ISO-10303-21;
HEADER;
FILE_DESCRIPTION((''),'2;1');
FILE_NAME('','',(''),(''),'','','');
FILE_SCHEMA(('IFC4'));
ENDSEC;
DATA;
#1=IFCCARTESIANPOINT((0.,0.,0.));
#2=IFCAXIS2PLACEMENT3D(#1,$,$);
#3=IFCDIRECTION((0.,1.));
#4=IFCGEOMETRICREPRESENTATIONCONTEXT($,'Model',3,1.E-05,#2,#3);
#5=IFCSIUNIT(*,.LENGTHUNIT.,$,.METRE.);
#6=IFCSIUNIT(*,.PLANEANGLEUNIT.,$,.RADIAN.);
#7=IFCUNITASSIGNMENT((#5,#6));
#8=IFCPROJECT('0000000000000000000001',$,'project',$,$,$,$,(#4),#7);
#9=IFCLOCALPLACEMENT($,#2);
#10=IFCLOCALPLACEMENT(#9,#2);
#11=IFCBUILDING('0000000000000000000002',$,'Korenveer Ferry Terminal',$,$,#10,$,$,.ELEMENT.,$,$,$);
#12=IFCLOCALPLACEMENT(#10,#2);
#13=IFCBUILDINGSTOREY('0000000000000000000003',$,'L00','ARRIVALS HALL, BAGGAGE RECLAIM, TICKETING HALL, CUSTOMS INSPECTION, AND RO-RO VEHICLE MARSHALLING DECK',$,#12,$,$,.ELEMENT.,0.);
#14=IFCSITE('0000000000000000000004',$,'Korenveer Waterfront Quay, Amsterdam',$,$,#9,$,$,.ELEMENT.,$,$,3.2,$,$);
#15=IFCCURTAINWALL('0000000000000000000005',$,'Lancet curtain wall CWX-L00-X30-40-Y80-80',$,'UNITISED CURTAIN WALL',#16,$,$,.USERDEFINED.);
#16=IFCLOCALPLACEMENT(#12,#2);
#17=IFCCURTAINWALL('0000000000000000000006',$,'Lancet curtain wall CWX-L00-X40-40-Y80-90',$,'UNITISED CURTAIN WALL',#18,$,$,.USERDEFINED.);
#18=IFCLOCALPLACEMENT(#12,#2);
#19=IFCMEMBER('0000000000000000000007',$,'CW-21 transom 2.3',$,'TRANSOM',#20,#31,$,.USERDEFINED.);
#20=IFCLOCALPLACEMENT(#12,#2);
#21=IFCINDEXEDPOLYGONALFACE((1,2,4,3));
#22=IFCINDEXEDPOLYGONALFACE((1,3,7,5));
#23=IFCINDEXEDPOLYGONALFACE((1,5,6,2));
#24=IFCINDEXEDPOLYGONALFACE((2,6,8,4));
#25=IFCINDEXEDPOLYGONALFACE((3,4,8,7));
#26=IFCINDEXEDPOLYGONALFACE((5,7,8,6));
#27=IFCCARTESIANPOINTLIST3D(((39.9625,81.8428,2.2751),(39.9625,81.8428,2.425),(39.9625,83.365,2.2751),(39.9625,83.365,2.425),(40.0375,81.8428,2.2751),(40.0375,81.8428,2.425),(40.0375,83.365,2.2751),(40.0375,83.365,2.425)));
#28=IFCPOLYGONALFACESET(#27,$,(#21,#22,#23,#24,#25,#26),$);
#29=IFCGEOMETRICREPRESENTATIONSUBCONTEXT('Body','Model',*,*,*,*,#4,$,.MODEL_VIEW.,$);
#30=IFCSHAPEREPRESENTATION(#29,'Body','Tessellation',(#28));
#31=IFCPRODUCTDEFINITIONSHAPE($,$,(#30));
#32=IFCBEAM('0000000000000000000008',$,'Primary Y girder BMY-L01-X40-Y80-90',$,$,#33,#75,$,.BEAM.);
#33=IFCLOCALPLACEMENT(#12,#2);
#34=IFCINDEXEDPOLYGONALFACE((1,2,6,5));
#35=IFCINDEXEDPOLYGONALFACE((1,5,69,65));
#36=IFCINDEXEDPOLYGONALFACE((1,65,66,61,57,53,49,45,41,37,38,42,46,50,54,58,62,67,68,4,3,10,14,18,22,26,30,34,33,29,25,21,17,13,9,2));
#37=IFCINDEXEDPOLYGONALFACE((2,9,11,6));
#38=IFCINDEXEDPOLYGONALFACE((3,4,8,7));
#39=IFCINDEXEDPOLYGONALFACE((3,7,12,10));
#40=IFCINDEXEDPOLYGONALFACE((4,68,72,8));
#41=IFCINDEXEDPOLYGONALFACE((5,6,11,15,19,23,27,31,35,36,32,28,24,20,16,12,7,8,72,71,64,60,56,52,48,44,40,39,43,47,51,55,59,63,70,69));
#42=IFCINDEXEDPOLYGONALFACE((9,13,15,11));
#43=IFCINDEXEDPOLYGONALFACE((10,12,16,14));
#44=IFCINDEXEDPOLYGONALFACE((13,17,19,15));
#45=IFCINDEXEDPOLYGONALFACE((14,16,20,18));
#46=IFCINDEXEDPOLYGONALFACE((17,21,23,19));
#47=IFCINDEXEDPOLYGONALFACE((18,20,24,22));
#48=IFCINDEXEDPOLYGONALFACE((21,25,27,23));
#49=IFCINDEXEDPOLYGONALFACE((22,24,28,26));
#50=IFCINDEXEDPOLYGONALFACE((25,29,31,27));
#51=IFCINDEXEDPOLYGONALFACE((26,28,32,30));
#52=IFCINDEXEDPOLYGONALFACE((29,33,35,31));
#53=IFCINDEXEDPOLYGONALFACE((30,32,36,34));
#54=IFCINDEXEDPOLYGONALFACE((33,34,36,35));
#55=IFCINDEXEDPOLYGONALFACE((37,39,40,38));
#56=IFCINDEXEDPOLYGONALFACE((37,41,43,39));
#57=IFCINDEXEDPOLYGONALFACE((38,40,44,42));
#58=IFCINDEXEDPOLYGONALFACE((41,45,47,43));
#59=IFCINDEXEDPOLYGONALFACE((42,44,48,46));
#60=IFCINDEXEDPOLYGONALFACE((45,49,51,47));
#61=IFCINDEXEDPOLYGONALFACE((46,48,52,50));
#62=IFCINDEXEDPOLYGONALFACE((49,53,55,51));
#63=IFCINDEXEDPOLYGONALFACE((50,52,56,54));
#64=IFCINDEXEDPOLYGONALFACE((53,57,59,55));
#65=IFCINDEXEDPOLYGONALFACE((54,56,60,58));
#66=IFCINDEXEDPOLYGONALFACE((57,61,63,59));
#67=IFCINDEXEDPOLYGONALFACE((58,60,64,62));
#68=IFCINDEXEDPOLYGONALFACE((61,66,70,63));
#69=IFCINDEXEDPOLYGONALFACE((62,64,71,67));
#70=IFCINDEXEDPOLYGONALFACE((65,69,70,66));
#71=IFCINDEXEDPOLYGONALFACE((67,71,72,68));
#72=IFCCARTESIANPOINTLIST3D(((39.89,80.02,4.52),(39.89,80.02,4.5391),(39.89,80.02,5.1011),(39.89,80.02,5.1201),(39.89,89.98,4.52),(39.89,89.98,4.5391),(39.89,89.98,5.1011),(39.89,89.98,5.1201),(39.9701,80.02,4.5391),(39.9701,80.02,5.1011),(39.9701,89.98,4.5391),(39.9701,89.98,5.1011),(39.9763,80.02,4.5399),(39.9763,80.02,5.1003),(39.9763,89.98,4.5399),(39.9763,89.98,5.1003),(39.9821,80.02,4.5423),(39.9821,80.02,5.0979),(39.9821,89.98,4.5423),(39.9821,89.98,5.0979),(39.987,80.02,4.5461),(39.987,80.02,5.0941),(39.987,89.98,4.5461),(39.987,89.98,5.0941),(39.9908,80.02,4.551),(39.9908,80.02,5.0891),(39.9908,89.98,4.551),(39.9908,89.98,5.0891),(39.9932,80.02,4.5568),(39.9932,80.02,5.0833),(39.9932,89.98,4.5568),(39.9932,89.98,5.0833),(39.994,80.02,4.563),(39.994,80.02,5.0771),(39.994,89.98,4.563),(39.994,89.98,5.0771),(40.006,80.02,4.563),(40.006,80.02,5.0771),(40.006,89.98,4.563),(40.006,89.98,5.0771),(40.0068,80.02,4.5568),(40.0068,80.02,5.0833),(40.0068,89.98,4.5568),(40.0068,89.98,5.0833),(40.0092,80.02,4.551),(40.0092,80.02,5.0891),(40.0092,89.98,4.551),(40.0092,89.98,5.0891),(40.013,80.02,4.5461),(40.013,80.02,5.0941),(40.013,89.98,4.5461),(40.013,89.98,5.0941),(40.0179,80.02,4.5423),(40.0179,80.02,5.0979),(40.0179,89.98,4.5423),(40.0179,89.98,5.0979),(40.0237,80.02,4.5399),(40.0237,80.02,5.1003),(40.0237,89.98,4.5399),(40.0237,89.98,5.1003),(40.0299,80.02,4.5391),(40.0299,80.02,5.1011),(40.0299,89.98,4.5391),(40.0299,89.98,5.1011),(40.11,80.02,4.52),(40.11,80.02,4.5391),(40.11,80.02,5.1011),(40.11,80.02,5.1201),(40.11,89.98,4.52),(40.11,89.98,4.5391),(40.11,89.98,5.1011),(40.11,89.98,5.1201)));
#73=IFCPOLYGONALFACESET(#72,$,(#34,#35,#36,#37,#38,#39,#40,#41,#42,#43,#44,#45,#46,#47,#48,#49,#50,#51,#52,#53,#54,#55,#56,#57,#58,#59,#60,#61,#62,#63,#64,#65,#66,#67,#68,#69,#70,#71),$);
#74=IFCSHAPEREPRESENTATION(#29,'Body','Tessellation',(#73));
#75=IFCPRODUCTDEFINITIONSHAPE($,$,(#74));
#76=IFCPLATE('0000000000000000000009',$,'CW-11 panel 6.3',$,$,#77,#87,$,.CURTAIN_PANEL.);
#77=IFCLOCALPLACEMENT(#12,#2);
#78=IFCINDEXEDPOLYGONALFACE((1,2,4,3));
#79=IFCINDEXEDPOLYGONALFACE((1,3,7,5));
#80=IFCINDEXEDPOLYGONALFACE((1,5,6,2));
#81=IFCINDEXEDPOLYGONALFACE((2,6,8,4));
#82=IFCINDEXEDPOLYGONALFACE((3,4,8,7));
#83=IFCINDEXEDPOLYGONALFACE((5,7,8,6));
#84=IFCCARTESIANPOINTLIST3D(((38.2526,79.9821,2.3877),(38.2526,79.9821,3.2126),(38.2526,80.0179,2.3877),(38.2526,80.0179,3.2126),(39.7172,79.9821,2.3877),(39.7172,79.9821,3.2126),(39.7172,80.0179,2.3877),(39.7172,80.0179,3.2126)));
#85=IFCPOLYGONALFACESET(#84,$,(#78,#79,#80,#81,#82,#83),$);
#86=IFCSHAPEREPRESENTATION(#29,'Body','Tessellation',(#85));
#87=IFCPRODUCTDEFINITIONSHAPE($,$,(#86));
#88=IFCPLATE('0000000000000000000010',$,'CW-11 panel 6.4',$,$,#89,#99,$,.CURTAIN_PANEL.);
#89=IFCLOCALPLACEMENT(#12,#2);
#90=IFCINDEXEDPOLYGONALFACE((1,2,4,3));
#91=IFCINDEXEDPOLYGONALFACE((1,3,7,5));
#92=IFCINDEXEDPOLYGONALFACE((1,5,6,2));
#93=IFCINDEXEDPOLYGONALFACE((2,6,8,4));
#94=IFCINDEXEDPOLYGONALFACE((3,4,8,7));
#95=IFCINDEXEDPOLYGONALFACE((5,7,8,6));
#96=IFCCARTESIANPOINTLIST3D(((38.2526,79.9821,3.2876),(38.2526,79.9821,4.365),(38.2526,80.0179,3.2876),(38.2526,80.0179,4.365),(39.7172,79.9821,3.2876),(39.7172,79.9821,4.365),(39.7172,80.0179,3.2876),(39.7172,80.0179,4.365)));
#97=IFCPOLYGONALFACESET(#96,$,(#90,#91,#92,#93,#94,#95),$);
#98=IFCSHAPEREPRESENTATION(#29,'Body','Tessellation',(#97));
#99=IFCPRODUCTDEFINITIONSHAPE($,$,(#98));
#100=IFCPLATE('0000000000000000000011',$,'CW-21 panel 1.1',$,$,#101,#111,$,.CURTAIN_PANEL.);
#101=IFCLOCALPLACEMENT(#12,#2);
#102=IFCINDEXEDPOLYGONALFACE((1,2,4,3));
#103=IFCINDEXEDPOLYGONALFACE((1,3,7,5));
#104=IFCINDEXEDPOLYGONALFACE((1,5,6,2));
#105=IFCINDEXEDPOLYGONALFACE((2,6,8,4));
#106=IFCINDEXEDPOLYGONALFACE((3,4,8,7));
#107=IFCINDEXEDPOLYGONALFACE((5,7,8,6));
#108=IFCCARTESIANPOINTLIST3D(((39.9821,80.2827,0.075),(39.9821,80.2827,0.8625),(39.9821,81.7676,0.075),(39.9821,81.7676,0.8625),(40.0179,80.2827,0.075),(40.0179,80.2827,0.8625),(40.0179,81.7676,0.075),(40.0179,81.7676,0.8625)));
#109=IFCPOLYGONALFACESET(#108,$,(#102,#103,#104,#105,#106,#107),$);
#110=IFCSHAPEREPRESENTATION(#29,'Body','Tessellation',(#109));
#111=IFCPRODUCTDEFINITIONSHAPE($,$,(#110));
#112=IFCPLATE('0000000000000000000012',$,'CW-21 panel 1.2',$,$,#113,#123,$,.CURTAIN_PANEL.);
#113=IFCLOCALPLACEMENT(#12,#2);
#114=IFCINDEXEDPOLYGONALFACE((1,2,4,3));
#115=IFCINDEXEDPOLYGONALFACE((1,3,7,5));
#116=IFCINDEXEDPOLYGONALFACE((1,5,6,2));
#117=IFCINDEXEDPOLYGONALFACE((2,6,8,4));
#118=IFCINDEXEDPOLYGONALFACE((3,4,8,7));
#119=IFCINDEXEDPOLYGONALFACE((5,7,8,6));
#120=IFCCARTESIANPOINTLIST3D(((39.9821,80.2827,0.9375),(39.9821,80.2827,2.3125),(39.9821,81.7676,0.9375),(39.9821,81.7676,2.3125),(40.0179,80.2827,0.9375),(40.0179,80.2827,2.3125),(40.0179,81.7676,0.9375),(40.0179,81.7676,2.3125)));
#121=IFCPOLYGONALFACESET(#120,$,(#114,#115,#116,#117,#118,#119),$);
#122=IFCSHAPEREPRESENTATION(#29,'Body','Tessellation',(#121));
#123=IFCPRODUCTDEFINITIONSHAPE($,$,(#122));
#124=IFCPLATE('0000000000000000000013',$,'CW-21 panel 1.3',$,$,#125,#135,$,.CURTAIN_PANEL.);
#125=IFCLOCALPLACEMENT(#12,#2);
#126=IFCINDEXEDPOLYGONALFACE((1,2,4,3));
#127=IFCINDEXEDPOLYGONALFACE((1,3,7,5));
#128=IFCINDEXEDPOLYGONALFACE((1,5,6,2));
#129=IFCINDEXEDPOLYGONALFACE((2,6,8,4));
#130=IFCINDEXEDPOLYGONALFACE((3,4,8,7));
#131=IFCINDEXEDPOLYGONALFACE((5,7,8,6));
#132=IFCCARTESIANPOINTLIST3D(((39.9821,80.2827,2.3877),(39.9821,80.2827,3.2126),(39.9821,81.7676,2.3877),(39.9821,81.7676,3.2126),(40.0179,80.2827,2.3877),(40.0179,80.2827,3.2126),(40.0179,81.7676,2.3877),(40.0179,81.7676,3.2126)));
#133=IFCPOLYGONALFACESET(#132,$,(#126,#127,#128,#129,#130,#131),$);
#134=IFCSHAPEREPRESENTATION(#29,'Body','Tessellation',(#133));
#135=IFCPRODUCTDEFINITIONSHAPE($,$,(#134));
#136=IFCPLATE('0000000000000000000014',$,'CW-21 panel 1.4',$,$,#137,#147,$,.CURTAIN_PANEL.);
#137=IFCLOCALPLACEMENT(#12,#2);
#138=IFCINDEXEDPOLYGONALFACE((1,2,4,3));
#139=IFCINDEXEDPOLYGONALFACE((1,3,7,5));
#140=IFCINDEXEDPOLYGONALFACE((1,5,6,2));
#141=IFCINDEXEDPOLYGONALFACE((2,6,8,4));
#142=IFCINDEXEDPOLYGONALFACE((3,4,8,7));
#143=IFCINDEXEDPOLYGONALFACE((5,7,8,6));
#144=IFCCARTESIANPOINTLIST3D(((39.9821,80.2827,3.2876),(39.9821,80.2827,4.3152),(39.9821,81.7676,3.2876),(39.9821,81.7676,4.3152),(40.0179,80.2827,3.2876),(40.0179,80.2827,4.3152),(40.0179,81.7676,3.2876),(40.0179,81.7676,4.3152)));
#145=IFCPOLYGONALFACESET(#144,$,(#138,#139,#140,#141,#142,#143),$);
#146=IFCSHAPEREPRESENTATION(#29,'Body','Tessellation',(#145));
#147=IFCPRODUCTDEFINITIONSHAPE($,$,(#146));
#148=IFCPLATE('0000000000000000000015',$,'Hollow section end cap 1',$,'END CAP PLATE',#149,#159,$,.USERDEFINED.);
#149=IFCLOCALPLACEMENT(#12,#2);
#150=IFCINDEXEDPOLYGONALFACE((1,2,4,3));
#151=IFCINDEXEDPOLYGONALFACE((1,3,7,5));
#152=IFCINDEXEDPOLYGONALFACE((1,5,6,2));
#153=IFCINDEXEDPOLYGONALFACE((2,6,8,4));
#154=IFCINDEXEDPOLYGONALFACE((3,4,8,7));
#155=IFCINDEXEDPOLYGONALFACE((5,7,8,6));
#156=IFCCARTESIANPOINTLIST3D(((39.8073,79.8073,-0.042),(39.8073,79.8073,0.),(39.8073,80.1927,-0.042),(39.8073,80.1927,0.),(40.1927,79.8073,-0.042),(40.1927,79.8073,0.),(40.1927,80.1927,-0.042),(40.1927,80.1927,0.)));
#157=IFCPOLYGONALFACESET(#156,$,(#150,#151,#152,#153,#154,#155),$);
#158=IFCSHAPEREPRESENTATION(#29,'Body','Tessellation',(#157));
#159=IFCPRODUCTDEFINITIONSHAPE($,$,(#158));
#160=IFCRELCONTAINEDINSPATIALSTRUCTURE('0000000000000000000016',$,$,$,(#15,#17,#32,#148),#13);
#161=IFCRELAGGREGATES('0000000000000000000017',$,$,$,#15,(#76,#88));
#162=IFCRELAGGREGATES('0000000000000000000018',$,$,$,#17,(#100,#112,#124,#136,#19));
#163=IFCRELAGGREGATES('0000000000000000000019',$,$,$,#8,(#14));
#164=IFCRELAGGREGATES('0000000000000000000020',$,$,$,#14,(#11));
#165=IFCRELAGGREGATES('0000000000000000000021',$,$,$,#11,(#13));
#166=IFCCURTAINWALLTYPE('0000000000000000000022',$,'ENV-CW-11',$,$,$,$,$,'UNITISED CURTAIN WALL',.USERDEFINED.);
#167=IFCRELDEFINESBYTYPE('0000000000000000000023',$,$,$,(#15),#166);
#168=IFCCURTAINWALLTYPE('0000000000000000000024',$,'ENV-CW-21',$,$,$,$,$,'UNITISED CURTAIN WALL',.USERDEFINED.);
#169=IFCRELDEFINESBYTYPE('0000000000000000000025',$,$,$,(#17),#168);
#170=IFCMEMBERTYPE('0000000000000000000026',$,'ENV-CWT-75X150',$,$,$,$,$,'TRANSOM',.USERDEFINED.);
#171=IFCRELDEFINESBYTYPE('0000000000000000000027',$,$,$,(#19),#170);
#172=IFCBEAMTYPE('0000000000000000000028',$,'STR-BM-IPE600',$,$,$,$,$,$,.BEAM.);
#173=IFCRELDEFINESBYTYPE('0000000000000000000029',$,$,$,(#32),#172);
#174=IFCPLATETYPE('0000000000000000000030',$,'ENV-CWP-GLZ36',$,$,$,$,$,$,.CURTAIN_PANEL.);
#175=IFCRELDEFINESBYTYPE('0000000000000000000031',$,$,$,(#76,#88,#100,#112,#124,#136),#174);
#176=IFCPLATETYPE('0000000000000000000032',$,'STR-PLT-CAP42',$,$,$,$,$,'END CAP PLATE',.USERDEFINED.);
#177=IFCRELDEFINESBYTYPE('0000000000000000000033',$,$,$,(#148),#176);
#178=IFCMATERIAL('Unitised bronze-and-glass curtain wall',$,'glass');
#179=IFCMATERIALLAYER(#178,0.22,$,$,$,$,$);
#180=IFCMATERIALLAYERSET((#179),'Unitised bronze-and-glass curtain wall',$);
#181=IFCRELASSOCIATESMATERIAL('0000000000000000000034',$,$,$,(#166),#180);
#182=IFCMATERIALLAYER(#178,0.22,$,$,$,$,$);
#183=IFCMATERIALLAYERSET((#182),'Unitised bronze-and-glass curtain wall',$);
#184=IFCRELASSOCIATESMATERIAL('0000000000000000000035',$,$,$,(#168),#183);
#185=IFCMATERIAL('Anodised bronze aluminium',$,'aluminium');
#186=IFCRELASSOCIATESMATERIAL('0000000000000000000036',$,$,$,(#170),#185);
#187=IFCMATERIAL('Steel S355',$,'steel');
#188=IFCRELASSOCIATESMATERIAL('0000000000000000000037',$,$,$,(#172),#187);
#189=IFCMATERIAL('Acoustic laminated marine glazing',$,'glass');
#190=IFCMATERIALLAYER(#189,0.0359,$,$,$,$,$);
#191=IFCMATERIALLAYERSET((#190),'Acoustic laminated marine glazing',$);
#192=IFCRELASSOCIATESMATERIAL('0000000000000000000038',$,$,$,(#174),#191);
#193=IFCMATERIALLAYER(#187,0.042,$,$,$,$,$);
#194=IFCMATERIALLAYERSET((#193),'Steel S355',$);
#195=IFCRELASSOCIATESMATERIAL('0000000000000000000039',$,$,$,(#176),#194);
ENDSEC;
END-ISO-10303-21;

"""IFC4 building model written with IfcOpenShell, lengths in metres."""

from ifc_helpers import new_model, si_unit, direction, frame, origin, origin_2d, place, context, subcontext, project, spatial, rectangle, i_section, extrude, material, layer, layer_set, material_profile, profile_set, type_object, element, aggregate, save


model = new_model("IFC4")

# Units and contexts
model_context = context("Model", 3, precision=1e-05, world=origin(), true_north=direction((0.0, 1.0)))
body_context = subcontext(model_context, "Body", "Model", "MODEL_VIEW")
ifc_project = project(units=[si_unit("LENGTHUNIT", "METRE"), si_unit("PLANEANGLEUNIT", "RADIAN")], contexts=[model_context])

# Site, building, storey
site_placement = place(None, origin())
site = spatial("IfcSite", under=ifc_project, at=site_placement, Name="Korenveer Waterfront Quay, Amsterdam", CompositionType="ELEMENT", RefElevation=3.2)
building_placement = place(site_placement, origin())
building = spatial("IfcBuilding", under=site, at=building_placement, Name="Korenveer Ferry Terminal", CompositionType="ELEMENT")
storey_placement = place(building_placement, origin())
storey = spatial("IfcBuildingStorey", under=building, at=storey_placement, Name="L00", Description="ARRIVALS HALL, BAGGAGE RECLAIM, TICKETING HALL, CUSTOMS INSPECTION, AND RO-RO VEHICLE MARSHALLING DECK", CompositionType="ELEMENT", Elevation=0.0)

# Shared definitions
ifc_material_1 = material(Name="Steel S355", Category="steel")

# Curtain wall
ifc_material_2 = material(Name="Unitised bronze-and-glass curtain wall", Category="glass")
ifc_layer_1 = layer(ifc_material_2, 0.22)
ifc_layer_set_1 = layer_set([ifc_layer_1], Name="Unitised bronze-and-glass curtain wall")
curtain_wall_type_1 = type_object("IfcCurtainWallType", Name="ENV-CW-11", ElementType="UNITISED CURTAIN WALL", PredefinedType="USERDEFINED", material=ifc_layer_set_1)
curtain_wall_1_placement = place(storey_placement, frame((30.3301, 80.0, 0.0)))
curtain_wall_1 = element("IfcCurtainWall", 1, at=curtain_wall_1_placement, inside=storey, type_object=curtain_wall_type_1, Name="Lancet curtain wall CWX-L00-X30-40-Y80-80", ObjectType="UNITISED CURTAIN WALL", PredefinedType="USERDEFINED")
ifc_material_3 = material(Name="Anodised bronze aluminium", Category="aluminium")

# Curtain wall, member
ifc_layer_2 = layer(ifc_material_2, 0.22)
ifc_layer_set_2 = layer_set([ifc_layer_2], Name="Unitised bronze-and-glass curtain wall")
curtain_wall_type_2 = type_object("IfcCurtainWallType", Name="ENV-CW-21", ElementType="UNITISED CURTAIN WALL", PredefinedType="USERDEFINED", material=ifc_layer_set_2)
curtain_wall_2_placement = place(storey_placement, frame((40.0, 80.2078, 0.0)))
curtain_wall_2 = element("IfcCurtainWall", 2, at=curtain_wall_2_placement, inside=storey, type_object=curtain_wall_type_2, Name="Lancet curtain wall CWX-L00-X40-40-Y80-90", ObjectType="UNITISED CURTAIN WALL", PredefinedType="USERDEFINED")
ifc_material_profile_1 = material_profile(ifc_material_3, rectangle(XDim=0.075, YDim=0.1499, at=origin_2d()), Name="ALU 75x150")
ifc_profile_set_1 = profile_set([ifc_material_profile_1], Name="Anodised bronze aluminium")
member_type_1 = type_object("IfcMemberType", Name="ENV-CWT-75X150", ElementType="TRANSOM", PredefinedType="USERDEFINED", material=ifc_profile_set_1)
member_1_placement = place(storey_placement, frame((40.0, 81.8428, 2.3501), z_axis=(0.0, 1.0, 0.0), x_axis=(-1.0, 0.0, 0.0)))
member_1 = element("IfcMember", 3, at=member_1_placement, type_object=member_type_1, Name="CW-21 transom 2.3", ObjectType="TRANSOM", PredefinedType="USERDEFINED", context=body_context, shape_type="SweptSolid", body=[
    extrude(rectangle(XDim=0.075, YDim=0.1499, at=origin_2d()), origin(), (0.0, 0.0, 1.0), 1.5222),
])

# Beam
ifc_material_profile_2 = material_profile(ifc_material_1, i_section(OverallWidth=0.22, OverallDepth=0.6001, WebThickness=0.012, FlangeThickness=0.019, FilletRadius=0.0239, at=origin_2d()), Name="IPE 600")
ifc_profile_set_2 = profile_set([ifc_material_profile_2], Name="Steel S355")
beam_type = type_object("IfcBeamType", Name="STR-BM-IPE600", PredefinedType="BEAM", material=ifc_profile_set_2)
beam_placement = place(storey_placement, frame((40.0, 80.02, 4.8201), z_axis=(0.0, 1.0, 0.0), x_axis=(-1.0, 0.0, 0.0)))
element("IfcBeam", 4, at=beam_placement, inside=storey, type_object=beam_type, Name="Primary Y girder BMY-L01-X40-Y80-90", PredefinedType="BEAM", context=body_context, shape_type="SweptSolid", body=[
    extrude(i_section(OverallWidth=0.22, OverallDepth=0.6001, WebThickness=0.012, FlangeThickness=0.019, FilletRadius=0.0239, at=origin_2d()), origin(), (0.0, 0.0, 1.0), 9.96),
])

# Plates
ifc_material_4 = material(Name="Acoustic laminated marine glazing", Category="glass")
ifc_layer_3 = layer(ifc_material_4, 0.0359)
ifc_layer_set_3 = layer_set([ifc_layer_3], Name="Acoustic laminated marine glazing")
plate_type_1 = type_object("IfcPlateType", Name="ENV-CWP-GLZ36", PredefinedType="CURTAIN_PANEL", material=ifc_layer_set_3)
plate_1_placement = place(storey_placement, frame((38.9849, 80.0, 2.3877), z_axis=(0.0, 0.0, 1.0), x_axis=(1.0, 0.0, 0.0)))
plate_1 = element("IfcPlate", 5, at=plate_1_placement, type_object=plate_type_1, Name="CW-11 panel 6.3", PredefinedType="CURTAIN_PANEL", context=body_context, shape_type="SweptSolid", body=[
    extrude(rectangle(XDim=1.4646, YDim=0.0359, at=origin_2d()), origin(), (0.0, 0.0, 1.0), 0.825),
])
plate_2_placement = place(storey_placement, frame((38.9849, 80.0, 3.2876), z_axis=(0.0, 0.0, 1.0), x_axis=(1.0, 0.0, 0.0)))
plate_2 = element("IfcPlate", 6, at=plate_2_placement, type_object=plate_type_1, Name="CW-11 panel 6.4", PredefinedType="CURTAIN_PANEL", context=body_context, shape_type="SweptSolid", body=[
    extrude(rectangle(XDim=1.4646, YDim=0.0359, at=origin_2d()), origin(), (0.0, 0.0, 1.0), 1.0774),
])
aggregate(curtain_wall_1, [plate_1, plate_2])
plate_3_placement = place(storey_placement, frame((40.0, 81.0251, 0.075), z_axis=(0.0, 0.0, 1.0), x_axis=(0.0, 1.0, 0.0)))
plate_3 = element("IfcPlate", 7, at=plate_3_placement, type_object=plate_type_1, Name="CW-21 panel 1.1", PredefinedType="CURTAIN_PANEL", context=body_context, shape_type="SweptSolid", body=[
    extrude(rectangle(XDim=1.4849, YDim=0.0359, at=origin_2d()), origin(), (0.0, 0.0, 1.0), 0.7876),
])
plate_4_placement = place(storey_placement, frame((40.0, 81.0251, 0.9375), z_axis=(0.0, 0.0, 1.0), x_axis=(0.0, 1.0, 0.0)))
plate_4 = element("IfcPlate", 8, at=plate_4_placement, type_object=plate_type_1, Name="CW-21 panel 1.2", PredefinedType="CURTAIN_PANEL", context=body_context, shape_type="SweptSolid", body=[
    extrude(rectangle(XDim=1.4849, YDim=0.0359, at=origin_2d()), origin(), (0.0, 0.0, 1.0), 1.375),
])
plate_5_placement = place(storey_placement, frame((40.0, 81.0251, 2.3877), z_axis=(0.0, 0.0, 1.0), x_axis=(0.0, 1.0, 0.0)))
plate_5 = element("IfcPlate", 9, at=plate_5_placement, type_object=plate_type_1, Name="CW-21 panel 1.3", PredefinedType="CURTAIN_PANEL", context=body_context, shape_type="SweptSolid", body=[
    extrude(rectangle(XDim=1.4849, YDim=0.0359, at=origin_2d()), origin(), (0.0, 0.0, 1.0), 0.825),
])
plate_6_placement = place(storey_placement, frame((40.0, 81.0251, 3.2876), z_axis=(0.0, 0.0, 1.0), x_axis=(0.0, 1.0, 0.0)))
plate_6 = element("IfcPlate", 10, at=plate_6_placement, type_object=plate_type_1, Name="CW-21 panel 1.4", PredefinedType="CURTAIN_PANEL", context=body_context, shape_type="SweptSolid", body=[
    extrude(rectangle(XDim=1.4849, YDim=0.0359, at=origin_2d()), origin(), (0.0, 0.0, 1.0), 1.0276),
])
aggregate(curtain_wall_2, [plate_3, plate_4, plate_5, plate_6, member_1])
ifc_layer_4 = layer(ifc_material_1, 0.042)
ifc_layer_set_4 = layer_set([ifc_layer_4], Name="Steel S355")
plate_type_2 = type_object("IfcPlateType", Name="STR-PLT-CAP42", ElementType="END CAP PLATE", PredefinedType="USERDEFINED", material=ifc_layer_set_4)
plate_7_placement = place(storey_placement, frame((40.0, 80.0, -0.042), z_axis=(0.0, 0.0, 1.0), x_axis=(1.0, 0.0, 0.0)))
element("IfcPlate", 11, at=plate_7_placement, inside=storey, type_object=plate_type_2, Name="Hollow section end cap 1", ObjectType="END CAP PLATE", PredefinedType="USERDEFINED", context=body_context, shape_type="SweptSolid", body=[
    extrude(rectangle(XDim=0.3855, YDim=0.3855, at=origin_2d()), origin(), (0.0, 0.0, 1.0), 0.042),
])

save(model, "model.ifc")
